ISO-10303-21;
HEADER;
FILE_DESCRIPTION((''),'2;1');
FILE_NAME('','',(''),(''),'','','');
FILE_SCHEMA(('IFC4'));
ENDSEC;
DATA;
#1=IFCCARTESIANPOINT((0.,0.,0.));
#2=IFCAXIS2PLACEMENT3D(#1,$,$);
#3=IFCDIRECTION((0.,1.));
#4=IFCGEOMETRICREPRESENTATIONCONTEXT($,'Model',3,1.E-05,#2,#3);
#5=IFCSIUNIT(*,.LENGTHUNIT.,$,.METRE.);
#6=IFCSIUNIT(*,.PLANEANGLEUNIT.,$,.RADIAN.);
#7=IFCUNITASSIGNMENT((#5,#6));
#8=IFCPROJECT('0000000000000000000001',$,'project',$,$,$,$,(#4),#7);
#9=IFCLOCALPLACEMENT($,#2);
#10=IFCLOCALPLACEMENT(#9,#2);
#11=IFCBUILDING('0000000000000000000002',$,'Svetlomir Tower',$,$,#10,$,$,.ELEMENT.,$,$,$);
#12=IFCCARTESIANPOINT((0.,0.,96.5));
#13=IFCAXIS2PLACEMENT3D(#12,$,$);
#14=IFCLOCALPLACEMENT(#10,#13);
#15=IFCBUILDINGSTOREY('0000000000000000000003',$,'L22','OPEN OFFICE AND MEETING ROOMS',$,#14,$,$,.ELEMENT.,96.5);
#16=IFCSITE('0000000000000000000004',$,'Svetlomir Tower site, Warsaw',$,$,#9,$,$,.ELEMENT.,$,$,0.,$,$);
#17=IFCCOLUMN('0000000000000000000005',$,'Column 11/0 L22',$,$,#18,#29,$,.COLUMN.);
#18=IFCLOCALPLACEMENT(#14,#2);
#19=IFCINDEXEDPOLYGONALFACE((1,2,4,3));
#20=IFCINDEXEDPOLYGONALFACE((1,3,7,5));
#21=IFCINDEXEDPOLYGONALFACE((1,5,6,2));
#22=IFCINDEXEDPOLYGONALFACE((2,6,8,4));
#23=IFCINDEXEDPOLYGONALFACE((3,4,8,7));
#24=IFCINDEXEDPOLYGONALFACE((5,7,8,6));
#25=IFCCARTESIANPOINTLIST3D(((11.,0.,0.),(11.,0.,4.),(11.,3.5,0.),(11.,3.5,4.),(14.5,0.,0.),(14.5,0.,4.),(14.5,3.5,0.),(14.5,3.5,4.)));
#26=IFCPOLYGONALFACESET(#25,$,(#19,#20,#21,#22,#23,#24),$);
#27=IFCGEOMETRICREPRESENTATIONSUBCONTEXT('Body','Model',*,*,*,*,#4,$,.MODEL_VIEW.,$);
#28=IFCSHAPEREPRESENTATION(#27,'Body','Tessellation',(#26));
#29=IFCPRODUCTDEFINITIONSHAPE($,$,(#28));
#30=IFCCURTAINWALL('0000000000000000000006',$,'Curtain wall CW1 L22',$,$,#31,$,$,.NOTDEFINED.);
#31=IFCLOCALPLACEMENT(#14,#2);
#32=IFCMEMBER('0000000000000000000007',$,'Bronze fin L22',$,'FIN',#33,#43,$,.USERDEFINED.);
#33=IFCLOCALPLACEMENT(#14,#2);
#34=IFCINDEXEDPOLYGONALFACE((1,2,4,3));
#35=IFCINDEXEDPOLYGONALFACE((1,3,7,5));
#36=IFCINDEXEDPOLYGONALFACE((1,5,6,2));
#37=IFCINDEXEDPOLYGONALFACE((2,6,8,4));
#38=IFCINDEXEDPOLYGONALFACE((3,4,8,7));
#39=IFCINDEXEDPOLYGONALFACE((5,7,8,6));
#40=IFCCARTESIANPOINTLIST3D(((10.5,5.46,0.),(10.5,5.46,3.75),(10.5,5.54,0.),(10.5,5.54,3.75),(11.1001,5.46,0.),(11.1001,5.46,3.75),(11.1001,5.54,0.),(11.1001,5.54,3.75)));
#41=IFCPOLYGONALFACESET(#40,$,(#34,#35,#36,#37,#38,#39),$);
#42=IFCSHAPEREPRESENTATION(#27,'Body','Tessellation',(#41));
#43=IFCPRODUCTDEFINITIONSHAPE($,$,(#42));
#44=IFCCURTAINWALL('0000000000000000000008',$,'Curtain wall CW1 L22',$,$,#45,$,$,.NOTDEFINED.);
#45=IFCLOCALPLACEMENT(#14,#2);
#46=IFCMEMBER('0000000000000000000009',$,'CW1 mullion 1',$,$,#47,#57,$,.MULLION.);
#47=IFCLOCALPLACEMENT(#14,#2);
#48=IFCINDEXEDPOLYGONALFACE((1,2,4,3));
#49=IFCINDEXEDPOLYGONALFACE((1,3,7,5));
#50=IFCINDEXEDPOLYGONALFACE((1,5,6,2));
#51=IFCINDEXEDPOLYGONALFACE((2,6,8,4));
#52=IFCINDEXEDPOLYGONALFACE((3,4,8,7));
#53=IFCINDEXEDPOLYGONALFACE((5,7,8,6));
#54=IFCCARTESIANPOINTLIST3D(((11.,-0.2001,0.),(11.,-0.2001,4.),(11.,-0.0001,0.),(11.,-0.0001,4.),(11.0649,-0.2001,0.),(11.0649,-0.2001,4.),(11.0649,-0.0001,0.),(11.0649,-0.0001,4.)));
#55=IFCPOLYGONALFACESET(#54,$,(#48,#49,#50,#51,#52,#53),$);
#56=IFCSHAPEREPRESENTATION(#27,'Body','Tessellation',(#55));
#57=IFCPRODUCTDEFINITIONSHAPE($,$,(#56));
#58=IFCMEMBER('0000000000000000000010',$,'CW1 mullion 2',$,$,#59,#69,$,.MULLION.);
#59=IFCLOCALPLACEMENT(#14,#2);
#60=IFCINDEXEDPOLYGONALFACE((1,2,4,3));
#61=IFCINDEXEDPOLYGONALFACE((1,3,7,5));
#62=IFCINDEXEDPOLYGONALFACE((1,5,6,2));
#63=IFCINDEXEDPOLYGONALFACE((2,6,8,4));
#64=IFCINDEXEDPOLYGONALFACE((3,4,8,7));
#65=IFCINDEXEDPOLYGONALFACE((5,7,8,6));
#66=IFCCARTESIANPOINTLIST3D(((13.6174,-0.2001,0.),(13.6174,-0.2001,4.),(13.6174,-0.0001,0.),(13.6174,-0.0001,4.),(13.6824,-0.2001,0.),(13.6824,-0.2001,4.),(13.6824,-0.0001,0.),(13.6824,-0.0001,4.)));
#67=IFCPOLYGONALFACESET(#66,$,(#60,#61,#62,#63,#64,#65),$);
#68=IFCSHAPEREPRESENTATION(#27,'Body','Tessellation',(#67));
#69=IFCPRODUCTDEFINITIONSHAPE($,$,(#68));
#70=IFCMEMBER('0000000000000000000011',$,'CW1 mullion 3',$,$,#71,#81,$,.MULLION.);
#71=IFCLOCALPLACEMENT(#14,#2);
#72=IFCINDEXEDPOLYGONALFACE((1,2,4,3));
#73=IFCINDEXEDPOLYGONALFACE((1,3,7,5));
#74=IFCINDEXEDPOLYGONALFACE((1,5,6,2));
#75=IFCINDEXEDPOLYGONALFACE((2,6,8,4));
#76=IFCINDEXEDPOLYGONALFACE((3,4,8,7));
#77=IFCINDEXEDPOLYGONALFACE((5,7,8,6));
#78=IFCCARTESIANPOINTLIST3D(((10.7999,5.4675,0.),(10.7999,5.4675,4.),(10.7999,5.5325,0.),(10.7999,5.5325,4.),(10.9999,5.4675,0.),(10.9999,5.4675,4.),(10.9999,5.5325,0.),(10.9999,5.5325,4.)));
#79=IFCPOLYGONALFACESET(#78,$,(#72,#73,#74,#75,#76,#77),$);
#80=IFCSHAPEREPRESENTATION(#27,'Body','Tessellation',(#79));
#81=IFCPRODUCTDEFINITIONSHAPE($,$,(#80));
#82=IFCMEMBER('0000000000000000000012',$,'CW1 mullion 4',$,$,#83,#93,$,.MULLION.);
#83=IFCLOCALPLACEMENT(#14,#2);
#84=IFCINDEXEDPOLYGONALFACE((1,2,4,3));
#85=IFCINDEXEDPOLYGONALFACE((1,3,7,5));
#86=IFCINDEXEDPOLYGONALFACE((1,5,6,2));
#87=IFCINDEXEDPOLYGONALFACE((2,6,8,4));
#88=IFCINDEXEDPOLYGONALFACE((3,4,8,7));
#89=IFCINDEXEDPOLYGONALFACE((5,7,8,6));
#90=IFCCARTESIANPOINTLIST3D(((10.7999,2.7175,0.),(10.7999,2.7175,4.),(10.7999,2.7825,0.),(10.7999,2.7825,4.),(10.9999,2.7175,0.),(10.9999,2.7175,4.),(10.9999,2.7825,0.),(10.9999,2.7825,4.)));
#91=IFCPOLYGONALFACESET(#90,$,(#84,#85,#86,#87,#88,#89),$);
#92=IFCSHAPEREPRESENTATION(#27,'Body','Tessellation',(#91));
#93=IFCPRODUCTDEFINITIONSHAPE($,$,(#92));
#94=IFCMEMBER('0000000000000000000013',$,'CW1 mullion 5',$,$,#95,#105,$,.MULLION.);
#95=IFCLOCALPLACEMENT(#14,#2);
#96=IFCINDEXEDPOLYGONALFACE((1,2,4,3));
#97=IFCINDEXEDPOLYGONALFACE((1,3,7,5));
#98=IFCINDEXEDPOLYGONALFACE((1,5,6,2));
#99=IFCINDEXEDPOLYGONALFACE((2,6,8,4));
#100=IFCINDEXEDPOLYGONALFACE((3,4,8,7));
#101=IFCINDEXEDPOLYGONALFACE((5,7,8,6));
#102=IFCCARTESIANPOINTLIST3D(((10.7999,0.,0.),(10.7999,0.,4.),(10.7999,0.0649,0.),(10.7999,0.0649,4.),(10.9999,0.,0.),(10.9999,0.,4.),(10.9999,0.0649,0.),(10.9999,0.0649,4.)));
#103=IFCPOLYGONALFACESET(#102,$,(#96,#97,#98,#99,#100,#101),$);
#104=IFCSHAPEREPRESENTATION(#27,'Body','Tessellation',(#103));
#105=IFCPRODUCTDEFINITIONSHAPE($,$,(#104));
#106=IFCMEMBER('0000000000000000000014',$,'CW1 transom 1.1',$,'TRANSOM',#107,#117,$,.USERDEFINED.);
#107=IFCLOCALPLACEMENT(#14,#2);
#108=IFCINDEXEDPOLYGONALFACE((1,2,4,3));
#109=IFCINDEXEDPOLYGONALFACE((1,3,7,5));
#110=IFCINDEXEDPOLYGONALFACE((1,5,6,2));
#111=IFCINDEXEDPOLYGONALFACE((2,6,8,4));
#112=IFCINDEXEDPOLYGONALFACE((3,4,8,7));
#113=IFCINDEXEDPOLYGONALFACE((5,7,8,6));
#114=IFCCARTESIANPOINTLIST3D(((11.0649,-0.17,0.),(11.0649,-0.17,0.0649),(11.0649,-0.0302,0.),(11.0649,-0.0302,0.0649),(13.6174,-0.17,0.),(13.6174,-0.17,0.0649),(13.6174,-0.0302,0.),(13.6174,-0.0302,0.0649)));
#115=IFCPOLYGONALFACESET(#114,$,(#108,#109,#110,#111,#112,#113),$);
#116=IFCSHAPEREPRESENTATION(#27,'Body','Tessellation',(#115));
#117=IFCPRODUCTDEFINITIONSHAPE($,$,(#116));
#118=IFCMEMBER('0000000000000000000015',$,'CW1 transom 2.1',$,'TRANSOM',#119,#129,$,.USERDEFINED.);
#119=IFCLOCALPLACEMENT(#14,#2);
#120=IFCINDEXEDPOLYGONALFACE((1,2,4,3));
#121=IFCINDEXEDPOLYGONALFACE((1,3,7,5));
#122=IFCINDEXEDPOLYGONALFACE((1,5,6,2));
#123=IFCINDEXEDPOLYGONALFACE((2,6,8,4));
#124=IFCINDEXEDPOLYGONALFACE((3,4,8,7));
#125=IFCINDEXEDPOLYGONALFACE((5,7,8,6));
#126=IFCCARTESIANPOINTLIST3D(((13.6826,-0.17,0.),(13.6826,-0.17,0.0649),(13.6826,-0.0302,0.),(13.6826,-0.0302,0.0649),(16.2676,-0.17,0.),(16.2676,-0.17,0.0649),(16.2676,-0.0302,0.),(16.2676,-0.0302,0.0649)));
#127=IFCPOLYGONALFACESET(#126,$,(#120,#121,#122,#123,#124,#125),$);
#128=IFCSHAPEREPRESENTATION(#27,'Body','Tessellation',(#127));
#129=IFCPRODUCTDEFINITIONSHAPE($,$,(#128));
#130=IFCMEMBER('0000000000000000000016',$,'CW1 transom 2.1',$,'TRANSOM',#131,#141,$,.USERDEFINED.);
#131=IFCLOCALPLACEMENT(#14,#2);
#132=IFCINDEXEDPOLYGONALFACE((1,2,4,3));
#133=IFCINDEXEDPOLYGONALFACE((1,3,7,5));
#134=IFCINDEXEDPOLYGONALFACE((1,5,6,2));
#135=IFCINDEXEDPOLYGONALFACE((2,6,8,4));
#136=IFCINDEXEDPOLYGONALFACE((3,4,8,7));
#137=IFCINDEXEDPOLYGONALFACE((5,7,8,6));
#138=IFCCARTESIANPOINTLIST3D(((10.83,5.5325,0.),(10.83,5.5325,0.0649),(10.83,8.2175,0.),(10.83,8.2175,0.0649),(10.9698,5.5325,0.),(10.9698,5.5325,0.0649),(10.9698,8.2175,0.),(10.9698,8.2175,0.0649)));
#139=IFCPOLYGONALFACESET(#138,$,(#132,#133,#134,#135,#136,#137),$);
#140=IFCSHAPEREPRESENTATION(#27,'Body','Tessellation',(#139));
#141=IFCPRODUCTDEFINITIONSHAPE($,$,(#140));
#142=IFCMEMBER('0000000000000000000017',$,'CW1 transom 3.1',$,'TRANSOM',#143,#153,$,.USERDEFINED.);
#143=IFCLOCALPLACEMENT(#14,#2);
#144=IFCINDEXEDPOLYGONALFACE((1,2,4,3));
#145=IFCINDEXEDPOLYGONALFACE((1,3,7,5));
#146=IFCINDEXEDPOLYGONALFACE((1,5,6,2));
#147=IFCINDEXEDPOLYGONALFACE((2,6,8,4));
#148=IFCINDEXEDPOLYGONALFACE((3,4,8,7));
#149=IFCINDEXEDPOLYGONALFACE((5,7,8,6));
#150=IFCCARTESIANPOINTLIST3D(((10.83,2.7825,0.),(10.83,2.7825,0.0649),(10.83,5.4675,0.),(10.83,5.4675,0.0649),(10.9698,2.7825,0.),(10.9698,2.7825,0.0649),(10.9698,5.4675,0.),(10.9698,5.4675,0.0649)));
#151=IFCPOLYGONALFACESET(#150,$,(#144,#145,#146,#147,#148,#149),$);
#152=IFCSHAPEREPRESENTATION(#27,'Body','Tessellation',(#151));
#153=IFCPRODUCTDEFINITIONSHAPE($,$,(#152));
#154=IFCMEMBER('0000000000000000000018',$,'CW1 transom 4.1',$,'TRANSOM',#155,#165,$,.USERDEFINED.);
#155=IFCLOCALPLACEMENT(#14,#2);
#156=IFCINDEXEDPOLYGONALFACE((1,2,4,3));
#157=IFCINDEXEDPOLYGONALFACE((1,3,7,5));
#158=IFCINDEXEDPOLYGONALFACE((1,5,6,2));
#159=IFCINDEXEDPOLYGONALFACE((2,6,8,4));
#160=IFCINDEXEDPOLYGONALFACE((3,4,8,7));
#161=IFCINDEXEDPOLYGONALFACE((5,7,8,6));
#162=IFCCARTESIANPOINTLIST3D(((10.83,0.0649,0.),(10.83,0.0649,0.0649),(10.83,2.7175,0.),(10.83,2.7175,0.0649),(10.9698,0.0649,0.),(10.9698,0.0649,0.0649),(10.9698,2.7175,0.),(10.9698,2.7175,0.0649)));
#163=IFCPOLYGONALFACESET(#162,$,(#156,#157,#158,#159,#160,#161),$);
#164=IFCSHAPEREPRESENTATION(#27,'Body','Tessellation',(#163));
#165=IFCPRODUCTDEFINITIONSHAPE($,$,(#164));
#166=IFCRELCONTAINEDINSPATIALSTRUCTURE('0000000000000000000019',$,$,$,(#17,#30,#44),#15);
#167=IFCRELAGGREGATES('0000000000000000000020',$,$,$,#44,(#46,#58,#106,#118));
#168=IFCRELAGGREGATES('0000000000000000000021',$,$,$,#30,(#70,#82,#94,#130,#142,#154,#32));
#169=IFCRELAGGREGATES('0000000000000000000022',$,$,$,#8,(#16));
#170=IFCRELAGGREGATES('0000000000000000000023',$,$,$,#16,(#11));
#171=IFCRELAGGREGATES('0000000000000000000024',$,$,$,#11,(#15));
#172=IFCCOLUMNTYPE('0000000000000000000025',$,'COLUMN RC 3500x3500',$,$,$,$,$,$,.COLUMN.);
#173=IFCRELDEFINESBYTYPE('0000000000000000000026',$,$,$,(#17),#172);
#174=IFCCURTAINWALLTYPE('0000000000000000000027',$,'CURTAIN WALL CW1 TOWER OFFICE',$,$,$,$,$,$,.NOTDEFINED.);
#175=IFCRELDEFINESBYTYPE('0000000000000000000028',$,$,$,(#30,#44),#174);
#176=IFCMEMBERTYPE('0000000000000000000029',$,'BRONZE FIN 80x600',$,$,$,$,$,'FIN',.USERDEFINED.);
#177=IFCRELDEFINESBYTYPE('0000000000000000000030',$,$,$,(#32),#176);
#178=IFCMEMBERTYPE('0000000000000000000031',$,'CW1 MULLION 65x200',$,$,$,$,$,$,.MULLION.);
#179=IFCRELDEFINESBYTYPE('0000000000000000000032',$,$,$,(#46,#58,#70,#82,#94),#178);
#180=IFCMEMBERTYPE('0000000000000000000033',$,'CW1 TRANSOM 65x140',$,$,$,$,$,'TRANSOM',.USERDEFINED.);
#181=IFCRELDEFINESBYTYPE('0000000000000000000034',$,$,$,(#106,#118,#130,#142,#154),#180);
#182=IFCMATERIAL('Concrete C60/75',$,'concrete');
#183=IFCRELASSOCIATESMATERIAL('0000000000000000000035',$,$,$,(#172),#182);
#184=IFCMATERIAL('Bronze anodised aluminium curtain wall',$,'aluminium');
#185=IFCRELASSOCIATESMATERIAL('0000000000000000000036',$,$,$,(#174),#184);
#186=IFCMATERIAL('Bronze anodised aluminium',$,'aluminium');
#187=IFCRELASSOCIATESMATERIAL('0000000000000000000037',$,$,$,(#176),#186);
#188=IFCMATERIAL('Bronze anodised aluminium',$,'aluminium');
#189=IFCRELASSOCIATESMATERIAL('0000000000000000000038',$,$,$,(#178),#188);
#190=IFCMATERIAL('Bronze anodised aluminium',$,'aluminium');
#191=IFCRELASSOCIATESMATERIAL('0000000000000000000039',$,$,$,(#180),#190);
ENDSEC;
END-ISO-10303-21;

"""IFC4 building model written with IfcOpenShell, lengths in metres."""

from ifc_helpers import new_model, si_unit, direction, frame, origin, origin_2d, place, context, subcontext, project, spatial, rectangle, extrude, material, material_profile, profile_set, type_object, element, aggregate, save


model = new_model("IFC4")

# Units and contexts
model_context = context("Model", 3, precision=1e-05, world=origin(), true_north=direction((0.0, 1.0)))
body_context = subcontext(model_context, "Body", "Model", "MODEL_VIEW")
ifc_project = project(units=[si_unit("LENGTHUNIT", "METRE"), si_unit("PLANEANGLEUNIT", "RADIAN")], contexts=[model_context])

# Site, building, storey
site_placement = place(None, origin())
site = spatial("IfcSite", under=ifc_project, at=site_placement, Name="Svetlomir Tower site, Warsaw", CompositionType="ELEMENT", RefElevation=0.0)
building_placement = place(site_placement, origin())
building = spatial("IfcBuilding", under=site, at=building_placement, Name="Svetlomir Tower", CompositionType="ELEMENT")
storey_placement = place(building_placement, frame((0.0, 0.0, 96.5)))
storey = spatial("IfcBuildingStorey", under=building, at=storey_placement, Name="L22", Description="OPEN OFFICE AND MEETING ROOMS", CompositionType="ELEMENT", Elevation=96.5)

# Column
ifc_material_1 = material(Name="Concrete C60/75", Category="concrete")
ifc_material_profile_1 = material_profile(ifc_material_1, rectangle(XDim=3.5, YDim=3.5, at=origin_2d()), Name="RC 3500x3500")
ifc_profile_set_1 = profile_set([ifc_material_profile_1], Name="Concrete C60/75")
column_type = type_object("IfcColumnType", Name="COLUMN RC 3500x3500", PredefinedType="COLUMN", material=ifc_profile_set_1)
column_placement = place(storey_placement, frame((12.75, 1.75, 0.0), z_axis=(0.0, 0.0, 1.0), x_axis=(1.0, 0.0, 0.0)))
element("IfcColumn", 1, at=column_placement, inside=storey, type_object=column_type, Name="Column 11/0 L22", PredefinedType="COLUMN", context=body_context, shape_type="SweptSolid", body=[
    extrude(rectangle(XDim=3.5, YDim=3.5, at=origin_2d()), origin(), (0.0, 0.0, 1.0), 4.0),
])

# Curtain wall, member
ifc_material_2 = material(Name="Bronze anodised aluminium curtain wall", Category="aluminium")
curtain_wall_type = type_object("IfcCurtainWallType", Name="CURTAIN WALL CW1 TOWER OFFICE", PredefinedType="NOTDEFINED", material=ifc_material_2)
curtain_wall_1_placement = place(storey_placement, origin())
curtain_wall_1 = element("IfcCurtainWall", 2, at=curtain_wall_1_placement, inside=storey, type_object=curtain_wall_type, Name="Curtain wall CW1 L22", PredefinedType="NOTDEFINED")
ifc_material_3 = material(Name="Bronze anodised aluminium", Category="aluminium")
ifc_material_profile_2 = material_profile(ifc_material_3, rectangle(XDim=0.0801, YDim=0.6001, at=origin_2d()), Name="FIN 80x600")
ifc_profile_set_2 = profile_set([ifc_material_profile_2], Name="Bronze anodised aluminium 6063-T6")
member_type_1 = type_object("IfcMemberType", Name="BRONZE FIN 80x600", ElementType="FIN", PredefinedType="USERDEFINED", material=ifc_profile_set_2)
member_1_placement = place(storey_placement, frame((10.8, 5.5, 0.0), z_axis=(0.0, 0.0, 1.0), x_axis=(0.0, 1.0, 0.0)))
member_1 = element("IfcMember", 3, at=member_1_placement, type_object=member_type_1, Name="Bronze fin L22", ObjectType="FIN", PredefinedType="USERDEFINED", context=body_context, shape_type="SweptSolid", body=[
    extrude(rectangle(XDim=0.0801, YDim=0.6001, at=origin_2d()), origin(), (0.0, 0.0, 1.0), 3.75),
])

# Curtain wall, members
curtain_wall_2_placement = place(storey_placement, origin())
curtain_wall_2 = element("IfcCurtainWall", 4, at=curtain_wall_2_placement, inside=storey, type_object=curtain_wall_type, Name="Curtain wall CW1 L22", PredefinedType="NOTDEFINED")
ifc_material_4 = material(Name="Bronze anodised aluminium", Category="aluminium")
ifc_material_profile_3 = material_profile(ifc_material_4, rectangle(XDim=0.0649, YDim=0.2, at=origin_2d()), Name="AL 65x200")
ifc_profile_set_3 = profile_set([ifc_material_profile_3], Name="Bronze anodised aluminium 6063-T6")
member_type_2 = type_object("IfcMemberType", Name="CW1 MULLION 65x200", PredefinedType="MULLION", material=ifc_profile_set_3)
member_2_placement = place(storey_placement, frame((11.0325, -0.1001, 0.0), z_axis=(0.0, 0.0, 1.0), x_axis=(1.0, 0.0, 0.0)))
member_2 = element("IfcMember", 5, at=member_2_placement, type_object=member_type_2, Name="CW1 mullion 1", PredefinedType="MULLION", context=body_context, shape_type="SweptSolid", body=[
    extrude(rectangle(XDim=0.0649, YDim=0.2, at=origin_2d()), origin(), (0.0, 0.0, 1.0), 4.0),
])
member_3_placement = place(storey_placement, frame((13.6499, -0.1001, 0.0), z_axis=(0.0, 0.0, 1.0), x_axis=(1.0, 0.0, 0.0)))
member_3 = element("IfcMember", 6, at=member_3_placement, type_object=member_type_2, Name="CW1 mullion 2", PredefinedType="MULLION", context=body_context, shape_type="SweptSolid", body=[
    extrude(rectangle(XDim=0.0649, YDim=0.2, at=origin_2d()), origin(), (0.0, 0.0, 1.0), 4.0),
])

# Members
member_4_placement = place(storey_placement, frame((10.8999, 5.5, 0.0), z_axis=(0.0, 0.0, 1.0), x_axis=(0.0, -1.0, 0.0)))
member_4 = element("IfcMember", 7, at=member_4_placement, type_object=member_type_2, Name="CW1 mullion 3", PredefinedType="MULLION", context=body_context, shape_type="SweptSolid", body=[
    extrude(rectangle(XDim=0.0649, YDim=0.2, at=origin_2d()), origin(), (0.0, 0.0, 1.0), 4.0),
])
member_5_placement = place(storey_placement, frame((10.8999, 2.75, 0.0), z_axis=(0.0, 0.0, 1.0), x_axis=(0.0, -1.0, 0.0)))
member_5 = element("IfcMember", 8, at=member_5_placement, type_object=member_type_2, Name="CW1 mullion 4", PredefinedType="MULLION", context=body_context, shape_type="SweptSolid", body=[
    extrude(rectangle(XDim=0.0649, YDim=0.2, at=origin_2d()), origin(), (0.0, 0.0, 1.0), 4.0),
])
member_6_placement = place(storey_placement, frame((10.8999, 0.0325, 0.0), z_axis=(0.0, 0.0, 1.0), x_axis=(0.0, -1.0, 0.0)))
member_6 = element("IfcMember", 9, at=member_6_placement, type_object=member_type_2, Name="CW1 mullion 5", PredefinedType="MULLION", context=body_context, shape_type="SweptSolid", body=[
    extrude(rectangle(XDim=0.0649, YDim=0.2, at=origin_2d()), origin(), (0.0, 0.0, 1.0), 4.0),
])
ifc_material_5 = material(Name="Bronze anodised aluminium", Category="aluminium")
ifc_material_profile_4 = material_profile(ifc_material_5, rectangle(XDim=0.1399, YDim=0.0649, at=origin_2d()), Name="AL 140x65")
ifc_profile_set_4 = profile_set([ifc_material_profile_4], Name="Bronze anodised aluminium 6063-T6")
member_type_3 = type_object("IfcMemberType", Name="CW1 TRANSOM 65x140", ElementType="TRANSOM", PredefinedType="USERDEFINED", material=ifc_profile_set_4)
member_7_placement = place(storey_placement, frame((11.0649, -0.1001, 0.0325), z_axis=(1.0, 0.0, 0.0), x_axis=(0.0, 1.0, 0.0)))
member_7 = element("IfcMember", 10, at=member_7_placement, type_object=member_type_3, Name="CW1 transom 1.1", ObjectType="TRANSOM", PredefinedType="USERDEFINED", context=body_context, shape_type="SweptSolid", body=[
    extrude(rectangle(XDim=0.1399, YDim=0.0649, at=origin_2d()), origin(), (0.0, 0.0, 1.0), 2.5525),
])
member_8_placement = place(storey_placement, frame((13.6826, -0.1001, 0.0325), z_axis=(1.0, 0.0, 0.0), x_axis=(0.0, 1.0, 0.0)))
member_8 = element("IfcMember", 11, at=member_8_placement, type_object=member_type_3, Name="CW1 transom 2.1", ObjectType="TRANSOM", PredefinedType="USERDEFINED", context=body_context, shape_type="SweptSolid", body=[
    extrude(rectangle(XDim=0.1399, YDim=0.0649, at=origin_2d()), origin(), (0.0, 0.0, 1.0), 2.585),
])
member_9_placement = place(storey_placement, frame((10.8999, 8.2175, 0.0325), z_axis=(0.0, -1.0, 0.0), x_axis=(1.0, 0.0, 0.0)))
member_9 = element("IfcMember", 12, at=member_9_placement, type_object=member_type_3, Name="CW1 transom 2.1", ObjectType="TRANSOM", PredefinedType="USERDEFINED", context=body_context, shape_type="SweptSolid", body=[
    extrude(rectangle(XDim=0.1399, YDim=0.0649, at=origin_2d()), origin(), (0.0, 0.0, 1.0), 2.6851),
])
member_10_placement = place(storey_placement, frame((10.8999, 5.4675, 0.0325), z_axis=(0.0, -1.0, 0.0), x_axis=(1.0, 0.0, 0.0)))
member_10 = element("IfcMember", 13, at=member_10_placement, type_object=member_type_3, Name="CW1 transom 3.1", ObjectType="TRANSOM", PredefinedType="USERDEFINED", context=body_context, shape_type="SweptSolid", body=[
    extrude(rectangle(XDim=0.1399, YDim=0.0649, at=origin_2d()), origin(), (0.0, 0.0, 1.0), 2.6851),
])
member_11_placement = place(storey_placement, frame((10.8999, 2.7175, 0.0325), z_axis=(0.0, -1.0, 0.0), x_axis=(1.0, 0.0, 0.0)))
member_11 = element("IfcMember", 14, at=member_11_placement, type_object=member_type_3, Name="CW1 transom 4.1", ObjectType="TRANSOM", PredefinedType="USERDEFINED", context=body_context, shape_type="SweptSolid", body=[
    extrude(rectangle(XDim=0.1399, YDim=0.0649, at=origin_2d()), origin(), (0.0, 0.0, 1.0), 2.6526),
])

aggregate(curtain_wall_2, [member_2, member_3, member_7, member_8])
aggregate(curtain_wall_1, [member_4, member_5, member_6, member_9, member_10, member_11, member_1])

save(model, "model.ifc")
